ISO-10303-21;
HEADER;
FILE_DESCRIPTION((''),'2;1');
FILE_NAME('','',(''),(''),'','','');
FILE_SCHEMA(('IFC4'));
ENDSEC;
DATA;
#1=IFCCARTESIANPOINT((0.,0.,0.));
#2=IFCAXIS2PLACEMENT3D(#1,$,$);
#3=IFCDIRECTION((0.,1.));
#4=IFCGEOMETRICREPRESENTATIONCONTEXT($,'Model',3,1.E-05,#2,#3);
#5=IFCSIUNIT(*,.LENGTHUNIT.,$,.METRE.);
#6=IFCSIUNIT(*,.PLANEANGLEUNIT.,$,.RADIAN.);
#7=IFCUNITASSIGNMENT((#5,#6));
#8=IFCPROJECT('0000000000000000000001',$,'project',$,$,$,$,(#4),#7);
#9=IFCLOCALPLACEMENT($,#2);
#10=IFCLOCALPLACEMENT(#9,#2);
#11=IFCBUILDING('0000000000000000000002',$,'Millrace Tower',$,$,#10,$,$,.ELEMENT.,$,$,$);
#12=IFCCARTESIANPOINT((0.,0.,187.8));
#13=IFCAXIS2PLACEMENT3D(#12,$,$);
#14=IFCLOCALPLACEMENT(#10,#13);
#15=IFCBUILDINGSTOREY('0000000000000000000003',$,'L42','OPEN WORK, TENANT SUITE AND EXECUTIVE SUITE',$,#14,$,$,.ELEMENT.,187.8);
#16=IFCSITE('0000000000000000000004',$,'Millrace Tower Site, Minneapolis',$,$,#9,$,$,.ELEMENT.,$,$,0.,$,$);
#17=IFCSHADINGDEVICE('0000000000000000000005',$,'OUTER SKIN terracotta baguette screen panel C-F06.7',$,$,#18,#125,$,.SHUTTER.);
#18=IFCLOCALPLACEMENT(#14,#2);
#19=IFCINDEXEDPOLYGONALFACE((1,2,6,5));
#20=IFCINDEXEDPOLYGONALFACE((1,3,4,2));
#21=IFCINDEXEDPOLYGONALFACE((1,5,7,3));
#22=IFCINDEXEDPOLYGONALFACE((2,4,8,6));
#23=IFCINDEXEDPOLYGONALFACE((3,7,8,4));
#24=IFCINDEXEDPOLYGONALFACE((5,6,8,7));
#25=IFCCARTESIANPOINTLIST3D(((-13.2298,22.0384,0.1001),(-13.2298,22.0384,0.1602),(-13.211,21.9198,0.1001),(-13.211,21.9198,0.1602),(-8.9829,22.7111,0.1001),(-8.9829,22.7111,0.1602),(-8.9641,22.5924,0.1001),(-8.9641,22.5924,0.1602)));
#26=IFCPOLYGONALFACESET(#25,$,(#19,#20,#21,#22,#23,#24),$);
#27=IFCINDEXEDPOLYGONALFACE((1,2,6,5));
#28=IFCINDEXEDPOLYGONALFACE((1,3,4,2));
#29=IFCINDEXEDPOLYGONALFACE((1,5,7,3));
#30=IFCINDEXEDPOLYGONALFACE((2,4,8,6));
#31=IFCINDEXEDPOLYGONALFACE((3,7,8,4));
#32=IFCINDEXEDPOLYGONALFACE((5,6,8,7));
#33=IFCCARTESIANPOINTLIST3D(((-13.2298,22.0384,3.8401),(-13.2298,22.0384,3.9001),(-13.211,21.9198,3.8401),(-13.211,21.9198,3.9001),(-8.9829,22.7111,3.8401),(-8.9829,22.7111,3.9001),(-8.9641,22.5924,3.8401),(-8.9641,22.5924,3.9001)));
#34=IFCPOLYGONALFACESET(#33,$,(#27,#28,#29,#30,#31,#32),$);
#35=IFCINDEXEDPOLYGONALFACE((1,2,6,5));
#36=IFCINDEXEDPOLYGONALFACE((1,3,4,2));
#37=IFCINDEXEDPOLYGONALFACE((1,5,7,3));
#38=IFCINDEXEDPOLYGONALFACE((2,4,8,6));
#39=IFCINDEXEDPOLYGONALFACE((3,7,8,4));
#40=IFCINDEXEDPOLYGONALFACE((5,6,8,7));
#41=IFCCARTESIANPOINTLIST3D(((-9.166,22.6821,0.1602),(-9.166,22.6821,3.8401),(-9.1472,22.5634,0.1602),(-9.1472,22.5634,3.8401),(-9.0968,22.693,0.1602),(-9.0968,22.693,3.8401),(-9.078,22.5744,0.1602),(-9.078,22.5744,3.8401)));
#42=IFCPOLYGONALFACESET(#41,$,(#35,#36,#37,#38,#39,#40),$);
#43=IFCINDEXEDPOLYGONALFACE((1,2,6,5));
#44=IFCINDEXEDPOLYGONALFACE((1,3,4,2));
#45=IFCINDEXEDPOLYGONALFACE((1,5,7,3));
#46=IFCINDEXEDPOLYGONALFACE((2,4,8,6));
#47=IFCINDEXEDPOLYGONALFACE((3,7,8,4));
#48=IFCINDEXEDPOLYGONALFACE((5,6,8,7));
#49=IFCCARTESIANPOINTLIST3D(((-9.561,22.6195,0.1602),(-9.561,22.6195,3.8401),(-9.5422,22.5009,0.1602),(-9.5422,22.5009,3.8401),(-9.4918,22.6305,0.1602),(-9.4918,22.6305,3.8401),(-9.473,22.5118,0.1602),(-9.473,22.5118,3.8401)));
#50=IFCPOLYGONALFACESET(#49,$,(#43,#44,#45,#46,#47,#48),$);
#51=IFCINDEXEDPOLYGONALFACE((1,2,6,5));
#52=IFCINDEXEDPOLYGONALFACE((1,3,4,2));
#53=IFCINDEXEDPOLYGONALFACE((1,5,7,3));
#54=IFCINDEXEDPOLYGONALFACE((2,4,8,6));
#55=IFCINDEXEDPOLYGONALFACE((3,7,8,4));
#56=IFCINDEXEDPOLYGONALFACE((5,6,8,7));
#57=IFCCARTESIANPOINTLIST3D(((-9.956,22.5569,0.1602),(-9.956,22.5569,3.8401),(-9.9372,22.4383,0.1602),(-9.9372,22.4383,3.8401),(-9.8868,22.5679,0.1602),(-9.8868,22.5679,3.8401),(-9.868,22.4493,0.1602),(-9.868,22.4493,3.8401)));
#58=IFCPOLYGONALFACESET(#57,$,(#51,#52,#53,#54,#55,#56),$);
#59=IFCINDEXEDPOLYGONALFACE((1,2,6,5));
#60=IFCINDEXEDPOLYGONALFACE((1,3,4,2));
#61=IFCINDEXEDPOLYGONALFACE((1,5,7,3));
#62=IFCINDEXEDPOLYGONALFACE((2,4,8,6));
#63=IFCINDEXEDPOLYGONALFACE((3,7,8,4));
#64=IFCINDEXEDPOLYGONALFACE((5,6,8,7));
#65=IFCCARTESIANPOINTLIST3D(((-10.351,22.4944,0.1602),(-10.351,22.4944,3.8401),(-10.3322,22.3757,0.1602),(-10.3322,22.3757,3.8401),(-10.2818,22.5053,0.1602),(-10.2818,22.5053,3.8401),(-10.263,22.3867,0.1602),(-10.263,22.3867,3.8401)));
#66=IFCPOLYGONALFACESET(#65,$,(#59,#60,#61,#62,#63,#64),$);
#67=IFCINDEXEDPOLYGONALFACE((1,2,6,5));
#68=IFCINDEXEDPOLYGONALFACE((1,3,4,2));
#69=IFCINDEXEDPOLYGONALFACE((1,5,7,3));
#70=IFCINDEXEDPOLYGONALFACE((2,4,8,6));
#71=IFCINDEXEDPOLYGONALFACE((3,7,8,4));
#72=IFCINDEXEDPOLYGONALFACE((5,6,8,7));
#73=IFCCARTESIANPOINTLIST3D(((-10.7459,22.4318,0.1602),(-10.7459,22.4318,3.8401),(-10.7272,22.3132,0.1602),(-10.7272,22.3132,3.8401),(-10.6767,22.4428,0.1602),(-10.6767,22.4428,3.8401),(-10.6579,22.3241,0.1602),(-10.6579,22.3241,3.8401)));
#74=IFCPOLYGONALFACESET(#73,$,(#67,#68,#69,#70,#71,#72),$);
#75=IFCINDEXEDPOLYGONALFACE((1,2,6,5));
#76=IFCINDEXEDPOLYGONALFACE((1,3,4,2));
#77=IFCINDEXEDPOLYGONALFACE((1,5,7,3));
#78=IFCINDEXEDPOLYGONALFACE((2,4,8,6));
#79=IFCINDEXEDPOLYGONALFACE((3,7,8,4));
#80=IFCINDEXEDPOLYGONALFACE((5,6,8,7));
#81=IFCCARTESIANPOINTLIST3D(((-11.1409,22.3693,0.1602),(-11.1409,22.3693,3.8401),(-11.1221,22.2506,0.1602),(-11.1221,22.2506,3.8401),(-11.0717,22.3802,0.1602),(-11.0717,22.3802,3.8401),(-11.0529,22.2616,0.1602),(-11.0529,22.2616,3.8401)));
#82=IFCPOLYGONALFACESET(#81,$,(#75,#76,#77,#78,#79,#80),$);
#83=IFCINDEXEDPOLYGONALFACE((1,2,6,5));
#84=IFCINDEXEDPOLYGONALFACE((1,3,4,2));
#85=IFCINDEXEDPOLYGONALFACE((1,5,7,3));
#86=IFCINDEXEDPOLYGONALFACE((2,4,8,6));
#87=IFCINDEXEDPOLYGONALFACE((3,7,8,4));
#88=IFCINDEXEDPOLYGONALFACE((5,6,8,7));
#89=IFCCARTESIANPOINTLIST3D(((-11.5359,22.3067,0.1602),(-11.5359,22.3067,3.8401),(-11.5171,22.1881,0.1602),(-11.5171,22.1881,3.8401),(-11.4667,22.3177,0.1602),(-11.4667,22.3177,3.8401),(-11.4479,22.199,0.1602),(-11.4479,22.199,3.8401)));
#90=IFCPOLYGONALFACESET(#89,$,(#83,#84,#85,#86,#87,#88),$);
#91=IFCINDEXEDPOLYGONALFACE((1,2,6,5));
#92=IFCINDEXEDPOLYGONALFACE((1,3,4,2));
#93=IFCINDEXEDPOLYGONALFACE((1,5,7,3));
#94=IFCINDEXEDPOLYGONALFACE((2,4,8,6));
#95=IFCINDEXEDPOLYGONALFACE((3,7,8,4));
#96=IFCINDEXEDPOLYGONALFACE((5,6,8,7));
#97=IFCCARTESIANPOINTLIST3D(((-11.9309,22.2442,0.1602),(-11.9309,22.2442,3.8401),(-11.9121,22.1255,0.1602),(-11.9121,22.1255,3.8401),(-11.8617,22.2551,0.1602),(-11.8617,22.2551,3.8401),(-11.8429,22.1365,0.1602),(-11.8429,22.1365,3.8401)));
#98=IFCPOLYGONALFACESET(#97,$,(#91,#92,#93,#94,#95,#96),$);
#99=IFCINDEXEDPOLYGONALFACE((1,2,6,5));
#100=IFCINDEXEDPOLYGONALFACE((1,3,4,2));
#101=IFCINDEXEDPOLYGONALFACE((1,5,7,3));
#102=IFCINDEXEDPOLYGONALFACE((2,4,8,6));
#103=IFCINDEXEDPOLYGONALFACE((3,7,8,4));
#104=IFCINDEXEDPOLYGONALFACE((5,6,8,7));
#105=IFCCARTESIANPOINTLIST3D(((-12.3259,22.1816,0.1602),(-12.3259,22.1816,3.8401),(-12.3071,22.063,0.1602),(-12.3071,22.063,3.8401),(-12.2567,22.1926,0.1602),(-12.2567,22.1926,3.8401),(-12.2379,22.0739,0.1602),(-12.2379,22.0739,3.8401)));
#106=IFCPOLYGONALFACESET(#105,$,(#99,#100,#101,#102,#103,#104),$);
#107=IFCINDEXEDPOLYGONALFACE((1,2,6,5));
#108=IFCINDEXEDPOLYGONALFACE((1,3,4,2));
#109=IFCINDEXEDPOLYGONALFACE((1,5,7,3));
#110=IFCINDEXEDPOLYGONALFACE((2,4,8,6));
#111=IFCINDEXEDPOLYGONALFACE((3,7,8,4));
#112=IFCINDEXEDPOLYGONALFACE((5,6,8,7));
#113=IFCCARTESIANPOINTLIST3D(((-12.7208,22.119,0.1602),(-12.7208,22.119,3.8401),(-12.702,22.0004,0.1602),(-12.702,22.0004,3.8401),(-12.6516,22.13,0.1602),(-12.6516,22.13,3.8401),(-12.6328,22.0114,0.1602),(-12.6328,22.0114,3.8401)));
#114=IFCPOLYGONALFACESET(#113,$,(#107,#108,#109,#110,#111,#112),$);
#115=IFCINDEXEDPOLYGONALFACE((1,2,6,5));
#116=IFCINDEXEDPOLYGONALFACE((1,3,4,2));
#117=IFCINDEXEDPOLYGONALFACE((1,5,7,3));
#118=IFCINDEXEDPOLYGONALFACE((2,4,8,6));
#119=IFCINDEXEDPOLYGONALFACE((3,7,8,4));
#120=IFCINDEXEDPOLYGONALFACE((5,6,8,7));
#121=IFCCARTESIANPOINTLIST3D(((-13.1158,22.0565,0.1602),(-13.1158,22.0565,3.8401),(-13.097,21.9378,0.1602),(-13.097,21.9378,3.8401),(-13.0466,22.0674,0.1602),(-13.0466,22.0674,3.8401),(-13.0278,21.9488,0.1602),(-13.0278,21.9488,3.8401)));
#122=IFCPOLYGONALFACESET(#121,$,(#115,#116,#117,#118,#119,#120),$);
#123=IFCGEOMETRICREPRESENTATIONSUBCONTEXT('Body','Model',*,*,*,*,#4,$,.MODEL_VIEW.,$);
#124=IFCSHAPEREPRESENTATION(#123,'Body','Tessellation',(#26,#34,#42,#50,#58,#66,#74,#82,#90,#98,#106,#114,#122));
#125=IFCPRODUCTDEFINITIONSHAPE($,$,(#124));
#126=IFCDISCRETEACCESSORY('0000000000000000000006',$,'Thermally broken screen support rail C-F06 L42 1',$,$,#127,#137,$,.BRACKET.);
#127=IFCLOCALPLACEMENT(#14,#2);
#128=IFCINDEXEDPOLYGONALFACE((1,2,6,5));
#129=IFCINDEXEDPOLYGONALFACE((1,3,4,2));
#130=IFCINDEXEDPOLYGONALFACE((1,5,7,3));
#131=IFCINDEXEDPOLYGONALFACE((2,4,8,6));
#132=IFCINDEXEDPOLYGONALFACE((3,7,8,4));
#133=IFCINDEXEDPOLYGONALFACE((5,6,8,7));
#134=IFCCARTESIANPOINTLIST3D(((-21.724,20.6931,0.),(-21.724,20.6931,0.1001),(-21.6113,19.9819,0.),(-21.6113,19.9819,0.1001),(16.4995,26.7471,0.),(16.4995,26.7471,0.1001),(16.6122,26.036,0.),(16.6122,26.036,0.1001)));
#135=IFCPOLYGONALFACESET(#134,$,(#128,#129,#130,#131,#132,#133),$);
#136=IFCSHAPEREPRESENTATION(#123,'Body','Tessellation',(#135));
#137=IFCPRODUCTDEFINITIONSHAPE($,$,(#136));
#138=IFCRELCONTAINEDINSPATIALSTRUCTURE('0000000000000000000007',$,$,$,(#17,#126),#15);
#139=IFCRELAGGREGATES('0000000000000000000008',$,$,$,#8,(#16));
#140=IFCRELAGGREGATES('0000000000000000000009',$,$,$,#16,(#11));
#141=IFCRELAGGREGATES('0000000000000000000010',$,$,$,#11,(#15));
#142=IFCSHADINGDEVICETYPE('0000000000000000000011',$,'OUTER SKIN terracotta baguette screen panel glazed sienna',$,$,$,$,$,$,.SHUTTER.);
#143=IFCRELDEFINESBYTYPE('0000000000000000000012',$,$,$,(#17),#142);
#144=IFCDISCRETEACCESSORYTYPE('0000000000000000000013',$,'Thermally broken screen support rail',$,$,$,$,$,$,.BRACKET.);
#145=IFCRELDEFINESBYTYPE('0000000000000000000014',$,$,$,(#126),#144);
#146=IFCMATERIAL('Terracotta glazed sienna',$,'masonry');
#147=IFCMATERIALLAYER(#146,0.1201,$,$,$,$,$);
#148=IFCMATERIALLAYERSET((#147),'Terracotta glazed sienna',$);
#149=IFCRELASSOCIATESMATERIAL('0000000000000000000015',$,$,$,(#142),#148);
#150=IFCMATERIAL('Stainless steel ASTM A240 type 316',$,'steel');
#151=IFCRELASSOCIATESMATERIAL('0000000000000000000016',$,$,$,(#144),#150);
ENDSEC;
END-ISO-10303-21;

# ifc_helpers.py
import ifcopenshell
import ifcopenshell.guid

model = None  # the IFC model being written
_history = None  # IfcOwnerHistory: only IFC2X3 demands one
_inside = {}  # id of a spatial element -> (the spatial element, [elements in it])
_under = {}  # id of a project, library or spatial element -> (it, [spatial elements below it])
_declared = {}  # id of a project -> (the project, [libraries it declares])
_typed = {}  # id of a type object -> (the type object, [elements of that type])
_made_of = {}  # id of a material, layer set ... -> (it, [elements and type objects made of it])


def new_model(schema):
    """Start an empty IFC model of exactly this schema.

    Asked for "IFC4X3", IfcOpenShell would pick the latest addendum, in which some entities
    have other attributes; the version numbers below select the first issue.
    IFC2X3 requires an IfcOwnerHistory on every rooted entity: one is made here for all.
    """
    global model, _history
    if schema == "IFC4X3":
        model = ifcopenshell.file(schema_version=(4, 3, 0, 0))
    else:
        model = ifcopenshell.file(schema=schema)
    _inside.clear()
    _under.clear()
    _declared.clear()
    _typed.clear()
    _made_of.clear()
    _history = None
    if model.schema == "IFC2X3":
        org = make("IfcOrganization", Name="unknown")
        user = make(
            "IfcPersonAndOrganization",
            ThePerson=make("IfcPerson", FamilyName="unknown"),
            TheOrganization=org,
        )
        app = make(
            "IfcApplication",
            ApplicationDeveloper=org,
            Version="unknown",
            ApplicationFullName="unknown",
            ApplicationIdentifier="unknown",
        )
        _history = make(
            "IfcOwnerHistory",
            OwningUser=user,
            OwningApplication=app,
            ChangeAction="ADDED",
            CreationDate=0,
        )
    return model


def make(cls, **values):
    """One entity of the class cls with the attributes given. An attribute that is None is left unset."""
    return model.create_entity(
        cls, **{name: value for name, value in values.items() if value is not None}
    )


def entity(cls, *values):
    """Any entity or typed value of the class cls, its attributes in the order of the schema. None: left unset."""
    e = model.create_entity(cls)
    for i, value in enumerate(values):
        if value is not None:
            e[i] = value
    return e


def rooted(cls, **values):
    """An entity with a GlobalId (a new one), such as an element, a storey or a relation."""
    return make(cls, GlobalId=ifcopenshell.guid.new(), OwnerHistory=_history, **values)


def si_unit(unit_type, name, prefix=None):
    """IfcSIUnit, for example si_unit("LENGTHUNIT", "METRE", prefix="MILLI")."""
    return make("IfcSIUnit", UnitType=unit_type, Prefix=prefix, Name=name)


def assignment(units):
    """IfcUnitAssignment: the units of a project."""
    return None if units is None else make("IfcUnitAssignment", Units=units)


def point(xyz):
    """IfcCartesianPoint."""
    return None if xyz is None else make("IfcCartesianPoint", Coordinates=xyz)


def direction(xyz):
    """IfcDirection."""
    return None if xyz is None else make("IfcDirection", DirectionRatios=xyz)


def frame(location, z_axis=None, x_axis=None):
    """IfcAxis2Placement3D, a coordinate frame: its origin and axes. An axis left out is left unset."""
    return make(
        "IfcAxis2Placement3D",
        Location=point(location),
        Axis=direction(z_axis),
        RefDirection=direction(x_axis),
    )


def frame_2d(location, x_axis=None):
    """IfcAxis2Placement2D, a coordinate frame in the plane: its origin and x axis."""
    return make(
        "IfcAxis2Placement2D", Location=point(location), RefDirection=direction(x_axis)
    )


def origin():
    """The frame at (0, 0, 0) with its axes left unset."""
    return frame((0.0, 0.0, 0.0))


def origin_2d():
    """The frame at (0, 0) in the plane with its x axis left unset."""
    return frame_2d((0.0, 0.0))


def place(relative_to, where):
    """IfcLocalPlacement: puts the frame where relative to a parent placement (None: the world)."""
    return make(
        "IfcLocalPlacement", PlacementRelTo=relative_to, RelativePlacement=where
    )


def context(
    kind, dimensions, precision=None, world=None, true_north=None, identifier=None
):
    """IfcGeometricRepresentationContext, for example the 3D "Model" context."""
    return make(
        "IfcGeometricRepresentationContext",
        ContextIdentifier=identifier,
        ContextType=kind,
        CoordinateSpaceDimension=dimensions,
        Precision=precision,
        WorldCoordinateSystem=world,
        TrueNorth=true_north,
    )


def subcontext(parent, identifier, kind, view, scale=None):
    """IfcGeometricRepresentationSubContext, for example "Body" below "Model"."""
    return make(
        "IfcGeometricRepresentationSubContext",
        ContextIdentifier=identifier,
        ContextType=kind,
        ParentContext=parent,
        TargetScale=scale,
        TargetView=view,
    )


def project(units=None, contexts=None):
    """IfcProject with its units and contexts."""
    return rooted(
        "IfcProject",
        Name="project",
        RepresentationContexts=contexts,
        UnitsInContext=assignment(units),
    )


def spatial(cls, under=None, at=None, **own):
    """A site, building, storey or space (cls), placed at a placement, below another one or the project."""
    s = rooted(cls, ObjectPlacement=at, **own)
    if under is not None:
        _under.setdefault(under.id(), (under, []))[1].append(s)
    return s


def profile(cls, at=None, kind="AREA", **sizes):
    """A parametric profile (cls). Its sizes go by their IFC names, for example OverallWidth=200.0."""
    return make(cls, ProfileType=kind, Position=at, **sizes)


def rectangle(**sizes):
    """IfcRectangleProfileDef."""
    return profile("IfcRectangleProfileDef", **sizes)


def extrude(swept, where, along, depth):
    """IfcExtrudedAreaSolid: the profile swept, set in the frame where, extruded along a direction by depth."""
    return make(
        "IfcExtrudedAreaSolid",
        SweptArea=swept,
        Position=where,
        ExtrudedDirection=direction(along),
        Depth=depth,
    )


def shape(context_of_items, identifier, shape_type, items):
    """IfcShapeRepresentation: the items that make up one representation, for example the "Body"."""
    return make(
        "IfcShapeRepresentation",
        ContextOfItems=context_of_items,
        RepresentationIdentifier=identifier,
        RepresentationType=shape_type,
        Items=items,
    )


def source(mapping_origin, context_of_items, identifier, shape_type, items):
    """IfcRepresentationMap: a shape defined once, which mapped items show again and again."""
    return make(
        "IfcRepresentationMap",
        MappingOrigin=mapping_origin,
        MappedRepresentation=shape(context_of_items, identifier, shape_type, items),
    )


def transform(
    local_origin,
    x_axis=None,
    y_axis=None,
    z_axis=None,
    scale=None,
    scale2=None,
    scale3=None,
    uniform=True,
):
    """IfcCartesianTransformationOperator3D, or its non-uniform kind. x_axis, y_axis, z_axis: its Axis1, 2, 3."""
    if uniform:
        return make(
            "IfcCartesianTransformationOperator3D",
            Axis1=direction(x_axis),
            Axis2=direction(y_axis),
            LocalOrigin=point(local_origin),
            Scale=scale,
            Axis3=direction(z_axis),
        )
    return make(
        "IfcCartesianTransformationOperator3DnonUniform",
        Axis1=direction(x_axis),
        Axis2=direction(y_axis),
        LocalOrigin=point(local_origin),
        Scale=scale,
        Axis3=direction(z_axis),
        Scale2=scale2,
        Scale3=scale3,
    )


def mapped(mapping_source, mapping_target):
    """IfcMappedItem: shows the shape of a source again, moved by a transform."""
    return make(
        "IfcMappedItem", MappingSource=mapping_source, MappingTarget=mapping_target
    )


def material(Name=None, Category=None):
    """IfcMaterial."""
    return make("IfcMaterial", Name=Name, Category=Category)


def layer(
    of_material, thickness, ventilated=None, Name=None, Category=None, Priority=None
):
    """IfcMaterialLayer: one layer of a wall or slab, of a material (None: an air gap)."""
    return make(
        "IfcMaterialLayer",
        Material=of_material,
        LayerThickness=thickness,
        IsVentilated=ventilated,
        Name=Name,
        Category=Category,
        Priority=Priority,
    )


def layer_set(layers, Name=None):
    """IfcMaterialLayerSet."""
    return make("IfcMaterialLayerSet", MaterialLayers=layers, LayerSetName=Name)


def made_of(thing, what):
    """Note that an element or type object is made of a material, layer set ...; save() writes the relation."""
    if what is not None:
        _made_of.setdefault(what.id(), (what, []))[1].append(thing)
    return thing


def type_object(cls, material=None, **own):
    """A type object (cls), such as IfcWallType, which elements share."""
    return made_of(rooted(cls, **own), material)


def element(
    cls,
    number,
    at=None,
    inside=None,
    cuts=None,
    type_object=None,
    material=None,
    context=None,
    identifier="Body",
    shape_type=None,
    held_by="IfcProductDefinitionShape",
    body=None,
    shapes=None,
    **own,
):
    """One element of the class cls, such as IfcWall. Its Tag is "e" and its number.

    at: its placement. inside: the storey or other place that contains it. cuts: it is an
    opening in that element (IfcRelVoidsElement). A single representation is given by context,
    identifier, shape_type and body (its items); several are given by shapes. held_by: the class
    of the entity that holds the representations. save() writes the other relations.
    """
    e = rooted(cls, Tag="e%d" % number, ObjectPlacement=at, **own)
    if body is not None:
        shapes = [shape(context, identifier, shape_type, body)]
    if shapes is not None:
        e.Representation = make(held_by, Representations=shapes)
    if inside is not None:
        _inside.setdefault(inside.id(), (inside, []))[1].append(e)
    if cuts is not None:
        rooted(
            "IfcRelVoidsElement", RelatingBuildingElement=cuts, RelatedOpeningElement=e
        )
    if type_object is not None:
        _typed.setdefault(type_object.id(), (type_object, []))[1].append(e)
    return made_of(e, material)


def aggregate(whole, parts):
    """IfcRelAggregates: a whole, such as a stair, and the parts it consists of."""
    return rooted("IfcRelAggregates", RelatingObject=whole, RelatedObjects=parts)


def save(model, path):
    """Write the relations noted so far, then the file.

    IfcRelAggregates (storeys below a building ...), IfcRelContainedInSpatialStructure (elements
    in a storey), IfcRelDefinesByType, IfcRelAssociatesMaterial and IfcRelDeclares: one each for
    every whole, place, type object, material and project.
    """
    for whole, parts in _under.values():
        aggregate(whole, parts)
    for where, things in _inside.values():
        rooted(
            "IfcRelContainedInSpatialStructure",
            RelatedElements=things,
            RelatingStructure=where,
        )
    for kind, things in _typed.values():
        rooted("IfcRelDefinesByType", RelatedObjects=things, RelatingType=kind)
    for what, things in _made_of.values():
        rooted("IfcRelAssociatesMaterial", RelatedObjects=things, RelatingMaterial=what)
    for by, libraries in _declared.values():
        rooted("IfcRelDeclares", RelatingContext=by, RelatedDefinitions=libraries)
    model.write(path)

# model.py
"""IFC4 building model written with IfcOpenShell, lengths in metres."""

from ifc_helpers import new_model, entity, si_unit, direction, frame, frame_2d, origin, origin_2d, place, context, subcontext, project, spatial, rectangle, extrude, source, transform, mapped, material, layer, layer_set, type_object, element, save


model = new_model("IFC4")

# Units and contexts
model_context = context("Model", 3, precision=1e-05, world=origin(), true_north=direction((0.0, 1.0)))
body_context = subcontext(model_context, "Body", "Model", "MODEL_VIEW")
ifc_project = project(units=[si_unit("LENGTHUNIT", "METRE"), si_unit("PLANEANGLEUNIT", "RADIAN")], contexts=[model_context])

# Site, building, storey
site_placement = place(None, origin())
site = spatial("IfcSite", under=ifc_project, at=site_placement, Name="Millrace Tower Site, Minneapolis", CompositionType="ELEMENT", RefElevation=0.0)
building_placement = place(site_placement, origin())
building = spatial("IfcBuilding", under=site, at=building_placement, Name="Millrace Tower", CompositionType="ELEMENT")
storey_placement = place(building_placement, frame((0.0, 0.0, 187.8)))
storey = spatial("IfcBuildingStorey", under=building, at=storey_placement, Name="L42", Description="OPEN WORK, TENANT SUITE AND EXECUTIVE SUITE", CompositionType="ELEMENT", Elevation=187.8)

# Shading device
ifc_material_1 = material(Name="Terracotta glazed sienna", Category="masonry")
ifc_layer_1 = layer(ifc_material_1, 0.1201)
ifc_layer_set_1 = layer_set([ifc_layer_1], Name="Terracotta glazed sienna")
shading_device_type = type_object("IfcShadingDeviceType", Name="OUTER SKIN terracotta baguette screen panel glazed sienna", PredefinedType="SHUTTER", material=ifc_layer_set_1)
cartesian_point = entity("IfcCartesianPoint", [-2.1499, 0.0601])
shared_polyline = entity("IfcPolyline", [cartesian_point, entity("IfcCartesianPoint", [2.1499, 0.0601]), entity("IfcCartesianPoint", [2.1499, -0.0601]), entity("IfcCartesianPoint", [-2.1499, -0.0601]), cartesian_point])
shared_shape = source(origin(), body_context, "Body", "SweptSolid", [
    entity("IfcExtrudedAreaSolid", entity("IfcArbitraryClosedProfileDef", "AREA", None, shared_polyline), entity("IfcAxis2Placement3D", entity("IfcCartesianPoint", [0.0, 0.0, 0.0])), entity("IfcDirection", [0.0, 0.0, 1.0]), 0.0601),
    entity("IfcExtrudedAreaSolid", entity("IfcArbitraryClosedProfileDef", "AREA", None, shared_polyline), entity("IfcAxis2Placement3D", entity("IfcCartesianPoint", [0.0, 0.0, 3.74])), entity("IfcDirection", [0.0, 0.0, 1.0]), 0.0601),
    extrude(rectangle(XDim=0.0701, YDim=0.1201, at=frame_2d((-1.9995, 0.0))), frame((0.0, 0.0, 0.0601)), (0.0, 0.0, 1.0), 3.6799),
    extrude(rectangle(XDim=0.0701, YDim=0.1201, at=frame_2d((-1.5996, 0.0))), frame((0.0, 0.0, 0.0601)), (0.0, 0.0, 1.0), 3.6799),
    extrude(rectangle(XDim=0.0701, YDim=0.1201, at=frame_2d((-1.1997, 0.0))), frame((0.0, 0.0, 0.0601)), (0.0, 0.0, 1.0), 3.6799),
    extrude(rectangle(XDim=0.0701, YDim=0.1201, at=frame_2d((-0.7998, 0.0))), frame((0.0, 0.0, 0.0601)), (0.0, 0.0, 1.0), 3.6799),
    extrude(rectangle(XDim=0.0701, YDim=0.1201, at=frame_2d((-0.3999, 0.0))), frame((0.0, 0.0, 0.0601)), (0.0, 0.0, 1.0), 3.6799),
    extrude(rectangle(XDim=0.0701, YDim=0.1201, at=origin_2d()), frame((0.0, 0.0, 0.0601)), (0.0, 0.0, 1.0), 3.6799),
    extrude(rectangle(XDim=0.0701, YDim=0.1201, at=frame_2d((0.3999, 0.0))), frame((0.0, 0.0, 0.0601)), (0.0, 0.0, 1.0), 3.6799),
    extrude(rectangle(XDim=0.0701, YDim=0.1201, at=frame_2d((0.7998, 0.0))), frame((0.0, 0.0, 0.0601)), (0.0, 0.0, 1.0), 3.6799),
    extrude(rectangle(XDim=0.0701, YDim=0.1201, at=frame_2d((1.1997, 0.0))), frame((0.0, 0.0, 0.0601)), (0.0, 0.0, 1.0), 3.6799),
    extrude(rectangle(XDim=0.0701, YDim=0.1201, at=frame_2d((1.5996, 0.0))), frame((0.0, 0.0, 0.0601)), (0.0, 0.0, 1.0), 3.6799),
    extrude(rectangle(XDim=0.0701, YDim=0.1201, at=frame_2d((1.9995, 0.0))), frame((0.0, 0.0, 0.0601)), (0.0, 0.0, 1.0), 3.6799),
])
for number, where, z_axis, x_axis, name in (
    (1, (-11.0969, 22.3154, 0.1001), (0.0, 0.0, 1.0), (-0.987688, -0.156434, 0.0), "OUTER SKIN terracotta baguette screen panel C-F06.7"),
):
    element("IfcShadingDevice", number, at=place(storey_placement, frame(where, z_axis=z_axis, x_axis=x_axis)), inside=storey, type_object=shading_device_type, Name=name, PredefinedType="SHUTTER", context=body_context, shape_type="MappedRepresentation", body=[
        mapped(shared_shape, transform((0.0, 0.0, 0.0), scale=1.0)),
    ])

# Discrete accessory
ifc_material_2 = material(Name="Stainless steel ASTM A240 type 316", Category="steel")
discrete_accessory_type = type_object("IfcDiscreteAccessoryType", Name="Thermally broken screen support rail", PredefinedType="BRACKET", material=ifc_material_2)
discrete_accessory_placement = place(storey_placement, frame((-2.5559, 23.3645, 0.0), z_axis=(0.0, 0.0, 1.0), x_axis=(-0.987688, -0.156434, 0.0)))
element("IfcDiscreteAccessory", 2, at=discrete_accessory_placement, inside=storey, type_object=discrete_accessory_type, Name="Thermally broken screen support rail C-F06 L42 1", PredefinedType="BRACKET", context=body_context, shape_type="SweptSolid", body=[
    extrude(rectangle(XDim=38.7, YDim=0.72, at=origin_2d()), origin(), (0.0, 0.0, 1.0), 0.1001),
])

save(model, "model.ifc")
